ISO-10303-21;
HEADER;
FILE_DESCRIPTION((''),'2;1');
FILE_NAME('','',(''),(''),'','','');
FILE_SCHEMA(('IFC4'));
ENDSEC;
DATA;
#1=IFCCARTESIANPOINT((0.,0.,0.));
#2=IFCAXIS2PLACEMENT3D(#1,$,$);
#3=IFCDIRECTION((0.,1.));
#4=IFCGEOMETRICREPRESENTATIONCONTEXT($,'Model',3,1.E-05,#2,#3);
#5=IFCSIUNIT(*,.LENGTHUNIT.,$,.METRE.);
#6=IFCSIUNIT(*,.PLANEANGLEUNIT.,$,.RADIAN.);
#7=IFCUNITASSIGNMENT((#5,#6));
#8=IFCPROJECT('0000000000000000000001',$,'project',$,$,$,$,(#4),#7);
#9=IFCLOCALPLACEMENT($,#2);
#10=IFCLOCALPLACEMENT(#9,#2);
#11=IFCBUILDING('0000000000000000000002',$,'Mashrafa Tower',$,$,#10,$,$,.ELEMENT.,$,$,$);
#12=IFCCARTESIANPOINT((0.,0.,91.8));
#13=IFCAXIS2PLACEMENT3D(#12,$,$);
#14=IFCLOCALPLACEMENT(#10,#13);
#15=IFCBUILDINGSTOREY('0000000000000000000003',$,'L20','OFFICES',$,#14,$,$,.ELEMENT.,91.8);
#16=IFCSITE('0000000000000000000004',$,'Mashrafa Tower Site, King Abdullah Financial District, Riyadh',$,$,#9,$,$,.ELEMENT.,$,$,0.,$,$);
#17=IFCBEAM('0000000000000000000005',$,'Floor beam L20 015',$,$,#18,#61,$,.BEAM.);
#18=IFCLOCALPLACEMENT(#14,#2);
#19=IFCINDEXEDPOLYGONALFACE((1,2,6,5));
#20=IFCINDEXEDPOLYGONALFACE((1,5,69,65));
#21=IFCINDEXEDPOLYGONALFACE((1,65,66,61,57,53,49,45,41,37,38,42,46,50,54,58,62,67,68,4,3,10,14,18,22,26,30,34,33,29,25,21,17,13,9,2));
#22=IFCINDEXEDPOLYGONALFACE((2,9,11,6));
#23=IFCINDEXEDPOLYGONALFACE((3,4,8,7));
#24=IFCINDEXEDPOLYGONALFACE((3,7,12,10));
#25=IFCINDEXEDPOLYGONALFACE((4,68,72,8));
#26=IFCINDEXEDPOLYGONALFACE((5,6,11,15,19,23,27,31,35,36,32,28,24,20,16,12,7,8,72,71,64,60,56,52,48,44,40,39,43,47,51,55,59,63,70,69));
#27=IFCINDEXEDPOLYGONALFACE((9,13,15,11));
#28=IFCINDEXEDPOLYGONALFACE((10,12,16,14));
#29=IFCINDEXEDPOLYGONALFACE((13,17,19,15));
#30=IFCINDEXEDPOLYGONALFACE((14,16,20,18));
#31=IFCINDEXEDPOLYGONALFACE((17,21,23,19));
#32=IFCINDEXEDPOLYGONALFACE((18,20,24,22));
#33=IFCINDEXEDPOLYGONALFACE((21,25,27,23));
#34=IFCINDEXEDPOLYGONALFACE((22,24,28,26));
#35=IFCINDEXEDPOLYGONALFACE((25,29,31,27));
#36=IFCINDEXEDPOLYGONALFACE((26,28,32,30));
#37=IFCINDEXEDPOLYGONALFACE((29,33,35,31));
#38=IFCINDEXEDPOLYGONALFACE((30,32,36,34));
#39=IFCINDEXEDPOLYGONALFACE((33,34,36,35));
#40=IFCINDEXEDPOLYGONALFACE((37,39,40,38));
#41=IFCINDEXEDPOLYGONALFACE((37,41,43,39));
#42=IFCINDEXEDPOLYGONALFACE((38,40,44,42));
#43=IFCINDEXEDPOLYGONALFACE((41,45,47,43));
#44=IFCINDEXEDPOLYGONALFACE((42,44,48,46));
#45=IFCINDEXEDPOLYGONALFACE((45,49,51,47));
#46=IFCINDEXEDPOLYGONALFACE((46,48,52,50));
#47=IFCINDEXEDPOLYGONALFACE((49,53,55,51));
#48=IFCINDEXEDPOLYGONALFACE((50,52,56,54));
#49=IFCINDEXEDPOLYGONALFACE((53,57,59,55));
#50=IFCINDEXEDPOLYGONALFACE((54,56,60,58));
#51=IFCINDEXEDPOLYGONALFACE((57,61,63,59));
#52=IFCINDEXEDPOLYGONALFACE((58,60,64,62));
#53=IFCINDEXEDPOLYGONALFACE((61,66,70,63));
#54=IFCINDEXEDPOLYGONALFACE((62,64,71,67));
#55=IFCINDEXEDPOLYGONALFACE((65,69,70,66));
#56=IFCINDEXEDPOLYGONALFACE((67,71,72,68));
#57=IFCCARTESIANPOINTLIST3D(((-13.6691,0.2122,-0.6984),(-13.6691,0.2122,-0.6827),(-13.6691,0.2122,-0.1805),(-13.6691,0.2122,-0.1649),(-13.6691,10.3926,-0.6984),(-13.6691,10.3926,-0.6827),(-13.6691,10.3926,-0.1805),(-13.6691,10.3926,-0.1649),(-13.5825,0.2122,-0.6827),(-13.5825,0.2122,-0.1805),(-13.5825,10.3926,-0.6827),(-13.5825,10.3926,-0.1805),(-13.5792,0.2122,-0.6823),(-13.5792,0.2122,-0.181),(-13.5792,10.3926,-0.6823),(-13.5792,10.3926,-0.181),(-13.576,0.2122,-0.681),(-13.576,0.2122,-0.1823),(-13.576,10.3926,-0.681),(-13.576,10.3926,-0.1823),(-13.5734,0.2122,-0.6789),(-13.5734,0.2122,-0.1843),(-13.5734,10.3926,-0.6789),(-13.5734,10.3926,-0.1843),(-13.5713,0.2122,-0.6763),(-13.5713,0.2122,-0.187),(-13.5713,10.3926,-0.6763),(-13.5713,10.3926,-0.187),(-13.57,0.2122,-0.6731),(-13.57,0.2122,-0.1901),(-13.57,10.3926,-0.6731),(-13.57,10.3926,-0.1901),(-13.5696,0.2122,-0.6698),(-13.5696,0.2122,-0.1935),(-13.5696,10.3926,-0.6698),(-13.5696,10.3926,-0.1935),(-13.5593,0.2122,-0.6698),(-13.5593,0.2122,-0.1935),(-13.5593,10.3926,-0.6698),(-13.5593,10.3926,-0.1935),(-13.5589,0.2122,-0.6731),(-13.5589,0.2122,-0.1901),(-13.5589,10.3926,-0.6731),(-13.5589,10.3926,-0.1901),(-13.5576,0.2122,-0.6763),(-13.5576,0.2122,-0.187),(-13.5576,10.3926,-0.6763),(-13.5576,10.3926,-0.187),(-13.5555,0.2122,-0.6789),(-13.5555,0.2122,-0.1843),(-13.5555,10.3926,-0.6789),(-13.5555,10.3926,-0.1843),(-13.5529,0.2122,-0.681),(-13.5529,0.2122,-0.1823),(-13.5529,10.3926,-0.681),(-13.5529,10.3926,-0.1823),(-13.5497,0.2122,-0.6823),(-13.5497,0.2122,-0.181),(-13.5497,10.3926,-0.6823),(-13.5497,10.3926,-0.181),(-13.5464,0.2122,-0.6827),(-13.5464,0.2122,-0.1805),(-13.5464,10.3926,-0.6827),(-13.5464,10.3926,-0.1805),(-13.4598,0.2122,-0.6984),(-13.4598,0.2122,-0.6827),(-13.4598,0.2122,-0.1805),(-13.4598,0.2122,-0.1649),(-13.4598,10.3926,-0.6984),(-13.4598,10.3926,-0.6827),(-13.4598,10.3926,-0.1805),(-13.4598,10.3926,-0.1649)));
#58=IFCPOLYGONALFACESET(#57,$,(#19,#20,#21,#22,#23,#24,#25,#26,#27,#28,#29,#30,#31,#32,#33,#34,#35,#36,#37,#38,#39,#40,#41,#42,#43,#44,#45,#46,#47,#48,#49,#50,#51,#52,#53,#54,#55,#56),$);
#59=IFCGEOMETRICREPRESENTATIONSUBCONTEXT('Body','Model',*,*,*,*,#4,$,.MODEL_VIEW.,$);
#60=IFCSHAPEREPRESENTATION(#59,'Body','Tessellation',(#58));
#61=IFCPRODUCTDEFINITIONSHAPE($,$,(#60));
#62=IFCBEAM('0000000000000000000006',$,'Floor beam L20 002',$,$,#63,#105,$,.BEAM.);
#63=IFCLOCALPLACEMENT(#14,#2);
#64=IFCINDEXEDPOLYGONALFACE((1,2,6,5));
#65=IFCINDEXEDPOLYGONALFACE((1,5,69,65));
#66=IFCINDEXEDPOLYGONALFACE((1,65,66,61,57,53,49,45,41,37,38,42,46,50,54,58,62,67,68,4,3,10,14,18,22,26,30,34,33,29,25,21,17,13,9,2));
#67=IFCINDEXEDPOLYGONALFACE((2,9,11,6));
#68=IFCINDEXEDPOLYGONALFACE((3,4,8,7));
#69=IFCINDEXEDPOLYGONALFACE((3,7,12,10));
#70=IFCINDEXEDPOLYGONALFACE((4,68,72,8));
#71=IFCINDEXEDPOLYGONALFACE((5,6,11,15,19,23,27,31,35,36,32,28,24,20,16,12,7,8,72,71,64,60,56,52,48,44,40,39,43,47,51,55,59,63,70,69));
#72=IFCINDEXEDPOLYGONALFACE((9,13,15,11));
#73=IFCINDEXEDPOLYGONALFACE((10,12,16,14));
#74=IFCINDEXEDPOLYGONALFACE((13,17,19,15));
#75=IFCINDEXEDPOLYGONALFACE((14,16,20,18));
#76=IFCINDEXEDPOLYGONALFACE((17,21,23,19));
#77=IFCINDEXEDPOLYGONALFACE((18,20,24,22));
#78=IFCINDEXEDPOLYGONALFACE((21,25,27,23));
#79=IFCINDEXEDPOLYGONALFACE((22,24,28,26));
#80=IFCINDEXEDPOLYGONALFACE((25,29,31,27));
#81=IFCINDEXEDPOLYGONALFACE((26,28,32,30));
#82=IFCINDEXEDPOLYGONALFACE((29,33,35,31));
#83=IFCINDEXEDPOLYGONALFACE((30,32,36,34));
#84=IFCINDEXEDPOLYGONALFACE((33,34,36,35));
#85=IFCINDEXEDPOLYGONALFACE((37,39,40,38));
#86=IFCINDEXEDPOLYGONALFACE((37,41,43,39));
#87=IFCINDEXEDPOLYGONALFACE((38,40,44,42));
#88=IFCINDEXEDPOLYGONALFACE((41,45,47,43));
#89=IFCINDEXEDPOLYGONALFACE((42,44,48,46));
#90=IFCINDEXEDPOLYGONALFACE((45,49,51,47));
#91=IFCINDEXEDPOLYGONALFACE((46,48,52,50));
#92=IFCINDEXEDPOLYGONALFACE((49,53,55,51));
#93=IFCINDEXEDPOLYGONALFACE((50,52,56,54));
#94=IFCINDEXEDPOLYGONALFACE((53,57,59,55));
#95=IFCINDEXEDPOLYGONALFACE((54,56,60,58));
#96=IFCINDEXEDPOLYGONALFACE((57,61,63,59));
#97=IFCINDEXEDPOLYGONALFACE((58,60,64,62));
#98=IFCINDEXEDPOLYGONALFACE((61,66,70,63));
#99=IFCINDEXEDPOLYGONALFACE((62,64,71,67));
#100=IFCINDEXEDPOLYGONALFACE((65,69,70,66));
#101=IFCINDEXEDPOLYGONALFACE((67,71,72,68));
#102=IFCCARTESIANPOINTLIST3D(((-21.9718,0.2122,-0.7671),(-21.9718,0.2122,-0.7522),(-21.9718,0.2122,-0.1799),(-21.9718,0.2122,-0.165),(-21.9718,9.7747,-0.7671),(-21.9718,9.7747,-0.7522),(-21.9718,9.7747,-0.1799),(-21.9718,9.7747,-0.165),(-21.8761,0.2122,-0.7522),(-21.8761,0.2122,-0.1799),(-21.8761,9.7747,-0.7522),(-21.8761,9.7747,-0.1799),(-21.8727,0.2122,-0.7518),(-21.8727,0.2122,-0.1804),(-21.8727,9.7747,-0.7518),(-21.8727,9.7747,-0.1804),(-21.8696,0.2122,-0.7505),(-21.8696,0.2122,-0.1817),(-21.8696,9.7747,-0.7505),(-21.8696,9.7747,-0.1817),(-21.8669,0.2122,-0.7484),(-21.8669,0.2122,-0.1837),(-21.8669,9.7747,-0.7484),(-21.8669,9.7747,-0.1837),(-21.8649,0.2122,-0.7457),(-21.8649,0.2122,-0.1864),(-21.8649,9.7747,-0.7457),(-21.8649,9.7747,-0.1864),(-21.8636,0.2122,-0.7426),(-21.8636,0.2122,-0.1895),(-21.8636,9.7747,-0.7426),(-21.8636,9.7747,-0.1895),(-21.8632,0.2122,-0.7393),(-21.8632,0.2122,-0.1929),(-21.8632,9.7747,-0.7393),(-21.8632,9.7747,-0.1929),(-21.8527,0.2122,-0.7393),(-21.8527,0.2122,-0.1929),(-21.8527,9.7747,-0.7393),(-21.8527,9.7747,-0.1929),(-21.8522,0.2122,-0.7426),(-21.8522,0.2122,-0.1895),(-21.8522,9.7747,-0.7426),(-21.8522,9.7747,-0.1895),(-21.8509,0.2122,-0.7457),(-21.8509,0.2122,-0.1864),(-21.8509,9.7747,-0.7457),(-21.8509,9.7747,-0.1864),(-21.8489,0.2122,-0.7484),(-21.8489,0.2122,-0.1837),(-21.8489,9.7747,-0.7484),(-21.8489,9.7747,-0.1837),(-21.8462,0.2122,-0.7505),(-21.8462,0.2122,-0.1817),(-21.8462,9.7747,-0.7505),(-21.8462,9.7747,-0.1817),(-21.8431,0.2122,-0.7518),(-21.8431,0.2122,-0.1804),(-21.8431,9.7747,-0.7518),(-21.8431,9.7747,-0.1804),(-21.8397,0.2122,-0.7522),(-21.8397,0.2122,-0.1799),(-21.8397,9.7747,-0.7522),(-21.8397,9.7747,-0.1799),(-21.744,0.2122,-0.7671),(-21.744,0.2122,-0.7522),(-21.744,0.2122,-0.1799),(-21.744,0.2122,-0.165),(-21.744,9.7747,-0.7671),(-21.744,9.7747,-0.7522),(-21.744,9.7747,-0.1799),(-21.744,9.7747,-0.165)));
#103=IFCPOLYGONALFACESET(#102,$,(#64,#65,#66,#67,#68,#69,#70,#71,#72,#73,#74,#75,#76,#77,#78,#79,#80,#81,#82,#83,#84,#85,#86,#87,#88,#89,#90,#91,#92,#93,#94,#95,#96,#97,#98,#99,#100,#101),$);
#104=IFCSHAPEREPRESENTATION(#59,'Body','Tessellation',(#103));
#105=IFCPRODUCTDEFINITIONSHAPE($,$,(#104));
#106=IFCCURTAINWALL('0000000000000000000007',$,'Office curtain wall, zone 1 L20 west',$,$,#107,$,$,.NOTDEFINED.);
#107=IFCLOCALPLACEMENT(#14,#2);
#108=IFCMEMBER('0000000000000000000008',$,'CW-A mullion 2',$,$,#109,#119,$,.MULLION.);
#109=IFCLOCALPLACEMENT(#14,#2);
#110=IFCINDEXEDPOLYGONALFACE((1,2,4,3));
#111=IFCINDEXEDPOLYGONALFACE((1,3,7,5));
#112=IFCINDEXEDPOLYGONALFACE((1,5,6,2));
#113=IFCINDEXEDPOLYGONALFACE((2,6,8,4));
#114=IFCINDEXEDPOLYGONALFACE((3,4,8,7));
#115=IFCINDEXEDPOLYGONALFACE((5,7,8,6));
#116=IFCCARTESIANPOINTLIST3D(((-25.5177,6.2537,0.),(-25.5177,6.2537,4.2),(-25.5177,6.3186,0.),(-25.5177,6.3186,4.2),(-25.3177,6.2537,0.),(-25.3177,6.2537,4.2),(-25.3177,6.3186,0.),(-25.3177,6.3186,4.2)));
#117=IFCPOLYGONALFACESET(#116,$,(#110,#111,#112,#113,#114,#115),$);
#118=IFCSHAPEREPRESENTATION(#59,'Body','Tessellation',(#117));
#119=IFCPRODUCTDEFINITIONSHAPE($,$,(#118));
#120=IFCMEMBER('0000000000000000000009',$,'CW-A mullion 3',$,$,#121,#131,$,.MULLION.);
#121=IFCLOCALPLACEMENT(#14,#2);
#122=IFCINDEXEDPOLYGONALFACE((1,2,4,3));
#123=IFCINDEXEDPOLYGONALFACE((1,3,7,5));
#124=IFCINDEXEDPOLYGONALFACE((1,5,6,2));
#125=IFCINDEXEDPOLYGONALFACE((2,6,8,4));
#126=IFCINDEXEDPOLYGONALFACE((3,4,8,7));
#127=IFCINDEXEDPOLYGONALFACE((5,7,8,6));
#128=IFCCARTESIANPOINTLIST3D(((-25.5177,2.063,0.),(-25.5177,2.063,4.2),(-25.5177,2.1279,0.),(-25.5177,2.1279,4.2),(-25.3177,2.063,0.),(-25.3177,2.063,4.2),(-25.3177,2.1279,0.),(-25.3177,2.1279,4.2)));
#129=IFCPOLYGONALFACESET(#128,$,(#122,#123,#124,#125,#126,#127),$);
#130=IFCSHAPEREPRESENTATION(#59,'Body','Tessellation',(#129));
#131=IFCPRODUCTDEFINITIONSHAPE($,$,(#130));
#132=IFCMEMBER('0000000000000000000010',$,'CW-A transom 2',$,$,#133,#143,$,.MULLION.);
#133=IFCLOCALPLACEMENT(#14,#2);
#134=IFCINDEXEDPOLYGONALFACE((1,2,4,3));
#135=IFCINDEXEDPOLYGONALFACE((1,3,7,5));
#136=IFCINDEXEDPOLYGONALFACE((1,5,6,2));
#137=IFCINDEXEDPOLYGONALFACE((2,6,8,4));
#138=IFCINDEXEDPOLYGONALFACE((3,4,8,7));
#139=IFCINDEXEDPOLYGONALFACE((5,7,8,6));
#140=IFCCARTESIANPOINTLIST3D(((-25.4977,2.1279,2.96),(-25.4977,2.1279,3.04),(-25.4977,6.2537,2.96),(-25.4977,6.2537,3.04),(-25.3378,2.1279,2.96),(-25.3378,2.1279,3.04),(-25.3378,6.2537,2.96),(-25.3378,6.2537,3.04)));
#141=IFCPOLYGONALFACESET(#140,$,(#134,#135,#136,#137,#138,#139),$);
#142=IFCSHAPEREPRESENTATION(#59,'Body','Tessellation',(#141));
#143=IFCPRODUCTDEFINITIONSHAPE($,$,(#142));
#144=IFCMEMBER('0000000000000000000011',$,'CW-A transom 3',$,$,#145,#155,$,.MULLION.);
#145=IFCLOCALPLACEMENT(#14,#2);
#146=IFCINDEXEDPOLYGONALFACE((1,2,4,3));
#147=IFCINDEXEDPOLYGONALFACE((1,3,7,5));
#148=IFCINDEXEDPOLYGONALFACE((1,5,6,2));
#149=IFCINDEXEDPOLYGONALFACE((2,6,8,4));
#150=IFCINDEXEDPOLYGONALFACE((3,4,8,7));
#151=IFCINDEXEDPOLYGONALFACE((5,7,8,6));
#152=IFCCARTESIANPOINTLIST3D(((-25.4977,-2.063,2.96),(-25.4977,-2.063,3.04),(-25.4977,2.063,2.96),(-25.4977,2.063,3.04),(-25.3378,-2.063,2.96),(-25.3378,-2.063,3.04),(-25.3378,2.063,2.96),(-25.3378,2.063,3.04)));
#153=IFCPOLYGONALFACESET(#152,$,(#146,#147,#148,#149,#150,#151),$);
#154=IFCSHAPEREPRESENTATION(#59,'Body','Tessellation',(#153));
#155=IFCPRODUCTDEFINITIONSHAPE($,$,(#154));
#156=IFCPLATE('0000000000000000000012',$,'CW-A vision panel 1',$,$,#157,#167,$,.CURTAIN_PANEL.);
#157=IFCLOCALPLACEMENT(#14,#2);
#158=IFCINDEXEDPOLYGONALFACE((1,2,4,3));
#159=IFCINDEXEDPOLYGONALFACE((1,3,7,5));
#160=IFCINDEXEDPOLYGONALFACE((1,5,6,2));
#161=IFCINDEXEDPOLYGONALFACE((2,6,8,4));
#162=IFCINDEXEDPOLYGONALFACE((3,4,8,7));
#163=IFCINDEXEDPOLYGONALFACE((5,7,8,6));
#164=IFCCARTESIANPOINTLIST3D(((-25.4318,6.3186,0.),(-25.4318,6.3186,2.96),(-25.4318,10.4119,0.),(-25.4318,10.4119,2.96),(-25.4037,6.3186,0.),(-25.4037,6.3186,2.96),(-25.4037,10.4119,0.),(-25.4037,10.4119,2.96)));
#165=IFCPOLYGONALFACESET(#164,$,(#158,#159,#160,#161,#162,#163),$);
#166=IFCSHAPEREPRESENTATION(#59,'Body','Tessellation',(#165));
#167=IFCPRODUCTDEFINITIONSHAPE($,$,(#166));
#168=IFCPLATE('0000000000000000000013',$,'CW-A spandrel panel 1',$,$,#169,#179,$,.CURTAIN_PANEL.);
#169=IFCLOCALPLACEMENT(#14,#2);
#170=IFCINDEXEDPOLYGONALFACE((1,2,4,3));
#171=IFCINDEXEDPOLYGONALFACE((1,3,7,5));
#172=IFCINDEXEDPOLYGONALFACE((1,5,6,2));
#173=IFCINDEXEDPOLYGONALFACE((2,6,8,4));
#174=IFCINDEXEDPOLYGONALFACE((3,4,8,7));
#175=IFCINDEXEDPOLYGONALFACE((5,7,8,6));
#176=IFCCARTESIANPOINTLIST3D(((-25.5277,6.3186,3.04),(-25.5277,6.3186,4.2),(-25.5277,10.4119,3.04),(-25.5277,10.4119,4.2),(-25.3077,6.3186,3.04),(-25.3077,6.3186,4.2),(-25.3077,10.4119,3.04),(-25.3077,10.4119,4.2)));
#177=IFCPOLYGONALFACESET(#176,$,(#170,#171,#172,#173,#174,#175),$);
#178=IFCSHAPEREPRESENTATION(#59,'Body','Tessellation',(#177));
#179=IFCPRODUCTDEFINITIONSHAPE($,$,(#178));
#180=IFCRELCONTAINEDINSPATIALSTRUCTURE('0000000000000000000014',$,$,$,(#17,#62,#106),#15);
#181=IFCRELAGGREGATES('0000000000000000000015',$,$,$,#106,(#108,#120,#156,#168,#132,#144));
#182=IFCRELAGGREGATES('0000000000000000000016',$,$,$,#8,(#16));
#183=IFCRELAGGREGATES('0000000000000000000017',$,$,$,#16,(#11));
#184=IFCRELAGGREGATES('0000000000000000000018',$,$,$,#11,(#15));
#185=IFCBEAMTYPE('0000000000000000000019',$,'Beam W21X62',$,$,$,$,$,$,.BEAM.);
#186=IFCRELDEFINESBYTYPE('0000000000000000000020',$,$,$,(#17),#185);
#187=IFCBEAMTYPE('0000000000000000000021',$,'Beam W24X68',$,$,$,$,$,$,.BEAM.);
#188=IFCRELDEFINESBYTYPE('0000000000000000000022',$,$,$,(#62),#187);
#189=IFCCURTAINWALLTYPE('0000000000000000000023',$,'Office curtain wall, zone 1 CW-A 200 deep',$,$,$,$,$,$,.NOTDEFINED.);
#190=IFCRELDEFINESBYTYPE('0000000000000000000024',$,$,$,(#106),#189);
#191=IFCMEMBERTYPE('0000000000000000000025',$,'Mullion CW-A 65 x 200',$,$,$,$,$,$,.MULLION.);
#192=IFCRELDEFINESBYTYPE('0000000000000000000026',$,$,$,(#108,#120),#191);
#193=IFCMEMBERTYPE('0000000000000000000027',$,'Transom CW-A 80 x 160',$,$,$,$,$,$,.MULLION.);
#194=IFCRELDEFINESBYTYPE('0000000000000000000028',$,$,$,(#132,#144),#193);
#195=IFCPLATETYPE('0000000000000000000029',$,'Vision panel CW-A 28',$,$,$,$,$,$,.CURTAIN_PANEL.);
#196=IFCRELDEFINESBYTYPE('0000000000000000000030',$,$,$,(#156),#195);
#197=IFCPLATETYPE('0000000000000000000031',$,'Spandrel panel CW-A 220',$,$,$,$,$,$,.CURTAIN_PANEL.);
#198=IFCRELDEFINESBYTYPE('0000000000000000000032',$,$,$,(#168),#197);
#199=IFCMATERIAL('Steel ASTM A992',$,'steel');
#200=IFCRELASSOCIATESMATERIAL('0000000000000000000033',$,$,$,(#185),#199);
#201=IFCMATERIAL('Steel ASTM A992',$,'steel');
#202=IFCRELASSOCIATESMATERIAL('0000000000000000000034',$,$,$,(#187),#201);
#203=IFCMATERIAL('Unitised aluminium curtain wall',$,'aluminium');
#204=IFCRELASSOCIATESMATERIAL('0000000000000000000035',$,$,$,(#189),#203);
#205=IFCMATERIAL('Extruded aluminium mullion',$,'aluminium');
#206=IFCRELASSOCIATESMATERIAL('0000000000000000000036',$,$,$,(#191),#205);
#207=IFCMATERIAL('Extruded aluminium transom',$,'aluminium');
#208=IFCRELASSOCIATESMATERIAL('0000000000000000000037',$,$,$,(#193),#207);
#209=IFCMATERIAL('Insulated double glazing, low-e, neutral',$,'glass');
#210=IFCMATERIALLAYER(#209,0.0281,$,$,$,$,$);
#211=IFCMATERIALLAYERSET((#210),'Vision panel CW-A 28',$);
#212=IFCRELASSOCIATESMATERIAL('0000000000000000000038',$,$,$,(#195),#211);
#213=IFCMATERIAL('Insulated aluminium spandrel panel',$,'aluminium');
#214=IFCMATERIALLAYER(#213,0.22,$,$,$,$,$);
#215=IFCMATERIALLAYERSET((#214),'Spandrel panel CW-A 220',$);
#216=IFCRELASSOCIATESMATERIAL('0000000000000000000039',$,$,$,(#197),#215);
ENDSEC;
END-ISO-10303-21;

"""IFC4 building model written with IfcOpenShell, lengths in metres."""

from ifc_helpers import new_model, si_unit, direction, frame, origin, origin_2d, place, context, subcontext, project, spatial, rectangle, i_section, extrude, source, transform, mapped, material, layer, layer_set, material_profile, profile_set, type_object, type_shapes, element, aggregate, save


model = new_model("IFC4")

# Units and contexts
model_context = context("Model", 3, precision=1e-05, world=origin(), true_north=direction((0.0, 1.0)))
body_context = subcontext(model_context, "Body", "Model", "MODEL_VIEW")
ifc_project = project(units=[si_unit("LENGTHUNIT", "METRE"), si_unit("PLANEANGLEUNIT", "RADIAN")], contexts=[model_context])

# Site, building, storey
site_placement = place(None, origin())
site = spatial("IfcSite", under=ifc_project, at=site_placement, Name="Mashrafa Tower Site, King Abdullah Financial District, Riyadh", CompositionType="ELEMENT", RefElevation=0.0)
building_placement = place(site_placement, origin())
building = spatial("IfcBuilding", under=site, at=building_placement, Name="Mashrafa Tower", CompositionType="ELEMENT")
storey_placement = place(building_placement, frame((0.0, 0.0, 91.8)))
storey = spatial("IfcBuildingStorey", under=building, at=storey_placement, Name="L20", Description="OFFICES", CompositionType="ELEMENT", Elevation=91.8)

# Beams
ifc_material_1 = material(Name="Steel ASTM A992", Category="steel")
ifc_material_profile_1 = material_profile(ifc_material_1, i_section(OverallWidth=0.2092, OverallDepth=0.5334, WebThickness=0.0103, FlangeThickness=0.0156, FilletRadius=0.0129, at=origin_2d()), Name="W21X62")
ifc_profile_set_1 = profile_set([ifc_material_profile_1], Name="Steel ASTM A992")
beam_type_1 = type_object("IfcBeamType", Name="Beam W21X62", PredefinedType="BEAM", material=ifc_profile_set_1)
beam_1_placement = place(storey_placement, frame((-13.5645, 0.2122, -0.4316), z_axis=(0.0, 1.0, 0.0), x_axis=(-1.0, 0.0, 0.0)))
element("IfcBeam", 1, at=beam_1_placement, inside=storey, type_object=beam_type_1, Name="Floor beam L20 015", PredefinedType="BEAM", context=body_context, shape_type="SweptSolid", body=[
    extrude(i_section(OverallWidth=0.2092, OverallDepth=0.5334, WebThickness=0.0103, FlangeThickness=0.0156, FilletRadius=0.0129, at=origin_2d()), origin(), (0.0, 0.0, 1.0), 10.1804),
])
ifc_material_2 = material(Name="Steel ASTM A992", Category="steel")
ifc_material_profile_2 = material_profile(ifc_material_2, i_section(OverallWidth=0.2278, OverallDepth=0.6021, WebThickness=0.0105, FlangeThickness=0.0149, FilletRadius=0.0129, at=origin_2d()), Name="W24X68")
ifc_profile_set_2 = profile_set([ifc_material_profile_2], Name="Steel ASTM A992")
beam_type_2 = type_object("IfcBeamType", Name="Beam W24X68", PredefinedType="BEAM", material=ifc_profile_set_2)
beam_2_placement = place(storey_placement, frame((-21.8579, 0.2122, -0.4661), z_axis=(0.0, 1.0, 0.0), x_axis=(-1.0, 0.0, 0.0)))
element("IfcBeam", 2, at=beam_2_placement, inside=storey, type_object=beam_type_2, Name="Floor beam L20 002", PredefinedType="BEAM", context=body_context, shape_type="SweptSolid", body=[
    extrude(i_section(OverallWidth=0.2278, OverallDepth=0.6021, WebThickness=0.0105, FlangeThickness=0.0149, FilletRadius=0.0129, at=origin_2d()), origin(), (0.0, 0.0, 1.0), 9.5625),
])

# Curtain wall, members, plates
ifc_material_3 = material(Name="Unitised aluminium curtain wall", Category="aluminium")
curtain_wall_type = type_object("IfcCurtainWallType", Name="Office curtain wall, zone 1 CW-A 200 deep", PredefinedType="NOTDEFINED", material=ifc_material_3)
curtain_wall_placement = place(storey_placement, origin())
curtain_wall = element("IfcCurtainWall", 3, at=curtain_wall_placement, inside=storey, type_object=curtain_wall_type, Name="Office curtain wall, zone 1 L20 west", PredefinedType="NOTDEFINED")
ifc_material_4 = material(Name="Extruded aluminium mullion", Category="aluminium")
ifc_material_profile_3 = material_profile(ifc_material_4, rectangle(XDim=0.2, YDim=0.0649, at=origin_2d()), Name="Mullion 65x200")
ifc_profile_set_3 = profile_set([ifc_material_profile_3], Name="Extruded aluminium mullion")
member_type_1 = type_object("IfcMemberType", Name="Mullion CW-A 65 x 200", PredefinedType="MULLION", material=ifc_profile_set_3)
shared_shape_1 = source(origin(), body_context, "Body", "SweptSolid", [
    extrude(rectangle(XDim=0.2, YDim=0.0649, at=origin_2d()), origin(), (0.0, 0.0, 1.0), 4.2),
])
type_shapes(member_type_1, [shared_shape_1])
member_1_placement = place(storey_placement, frame((-25.4177, 6.2861, 0.0), z_axis=(0.0, 0.0, 1.0), x_axis=(1.0, 0.0, 0.0)))
member_1 = element("IfcMember", 4, at=member_1_placement, type_object=member_type_1, Name="CW-A mullion 2", PredefinedType="MULLION", context=body_context, shape_type="MappedRepresentation", body=[
    mapped(shared_shape_1, transform((0.0, 0.0, 0.0))),
])
member_2_placement = place(storey_placement, frame((-25.4177, 2.0955, 0.0), z_axis=(0.0, 0.0, 1.0), x_axis=(1.0, 0.0, 0.0)))
member_2 = element("IfcMember", 5, at=member_2_placement, type_object=member_type_1, Name="CW-A mullion 3", PredefinedType="MULLION", context=body_context, shape_type="MappedRepresentation", body=[
    mapped(shared_shape_1, transform((0.0, 0.0, 0.0))),
])
ifc_material_5 = material(Name="Extruded aluminium transom", Category="aluminium")
ifc_material_profile_4 = material_profile(ifc_material_5, rectangle(XDim=0.1599, YDim=0.0801, at=origin_2d()), Name="Transom 80x160")
ifc_profile_set_4 = profile_set([ifc_material_profile_4], Name="Extruded aluminium transom")
member_type_2 = type_object("IfcMemberType", Name="Transom CW-A 80 x 160", PredefinedType="MULLION", material=ifc_profile_set_4)
shared_shape_2 = source(origin(), body_context, "Body", "SweptSolid", [
    extrude(rectangle(XDim=0.1599, YDim=0.0801, at=origin_2d()), origin(), (0.0, 0.0, 1.0), 4.1257),
])
member_3_placement = place(storey_placement, frame((-25.4177, 6.2537, 3.0), z_axis=(0.0, -1.0, 0.0), x_axis=(1.0, 0.0, 0.0)))
member_3 = element("IfcMember", 6, at=member_3_placement, type_object=member_type_2, Name="CW-A transom 2", PredefinedType="MULLION", context=body_context, shape_type="MappedRepresentation", body=[
    mapped(shared_shape_2, transform((0.0, 0.0, 0.0))),
])
shared_shape_3 = source(origin(), body_context, "Body", "SweptSolid", [
    extrude(rectangle(XDim=0.1599, YDim=0.0801, at=origin_2d()), origin(), (0.0, 0.0, 1.0), 4.126),
])
type_shapes(member_type_2, [shared_shape_2, shared_shape_3])
member_4_placement = place(storey_placement, frame((-25.4177, 2.063, 3.0), z_axis=(0.0, -1.0, 0.0), x_axis=(1.0, 0.0, 0.0)))
member_4 = element("IfcMember", 7, at=member_4_placement, type_object=member_type_2, Name="CW-A transom 3", PredefinedType="MULLION", context=body_context, shape_type="MappedRepresentation", body=[
    mapped(shared_shape_3, transform((0.0, 0.0, 0.0))),
])
ifc_material_6 = material(Name="Insulated double glazing, low-e, neutral", Category="glass")
ifc_layer_1 = layer(ifc_material_6, 0.0281)
ifc_layer_set_1 = layer_set([ifc_layer_1], Name="Vision panel CW-A 28")
plate_type_1 = type_object("IfcPlateType", Name="Vision panel CW-A 28", PredefinedType="CURTAIN_PANEL", material=ifc_layer_set_1)
shared_shape_4 = source(origin(), body_context, "Body", "SweptSolid", [
    extrude(rectangle(XDim=4.0933, YDim=0.0281, at=origin_2d()), origin(), (0.0, 0.0, 1.0), 2.96),
])
plate_1_placement = place(storey_placement, frame((-25.4177, 8.3652, 0.0), z_axis=(0.0, 0.0, 1.0), x_axis=(0.0, -1.0, 0.0)))
plate_1 = element("IfcPlate", 8, at=plate_1_placement, type_object=plate_type_1, Name="CW-A vision panel 1", PredefinedType="CURTAIN_PANEL", context=body_context, shape_type="MappedRepresentation", body=[
    mapped(shared_shape_4, transform((0.0, 0.0, 0.0))),
])
ifc_material_7 = material(Name="Insulated aluminium spandrel panel", Category="aluminium")
ifc_layer_2 = layer(ifc_material_7, 0.22)
ifc_layer_set_2 = layer_set([ifc_layer_2], Name="Spandrel panel CW-A 220")
plate_type_2 = type_object("IfcPlateType", Name="Spandrel panel CW-A 220", PredefinedType="CURTAIN_PANEL", material=ifc_layer_set_2)
shared_shape_5 = source(origin(), body_context, "Body", "SweptSolid", [
    extrude(rectangle(XDim=4.0933, YDim=0.22, at=origin_2d()), origin(), (0.0, 0.0, 1.0), 1.1599),
])
plate_2_placement = place(storey_placement, frame((-25.4177, 8.3652, 3.04), z_axis=(0.0, 0.0, 1.0), x_axis=(0.0, -1.0, 0.0)))
plate_2 = element("IfcPlate", 9, at=plate_2_placement, type_object=plate_type_2, Name="CW-A spandrel panel 1", PredefinedType="CURTAIN_PANEL", context=body_context, shape_type="MappedRepresentation", body=[
    mapped(shared_shape_5, transform((0.0, 0.0, 0.0))),
])
aggregate(curtain_wall, [member_1, member_2, plate_1, plate_2, member_3, member_4])

save(model, "model.ifc")
